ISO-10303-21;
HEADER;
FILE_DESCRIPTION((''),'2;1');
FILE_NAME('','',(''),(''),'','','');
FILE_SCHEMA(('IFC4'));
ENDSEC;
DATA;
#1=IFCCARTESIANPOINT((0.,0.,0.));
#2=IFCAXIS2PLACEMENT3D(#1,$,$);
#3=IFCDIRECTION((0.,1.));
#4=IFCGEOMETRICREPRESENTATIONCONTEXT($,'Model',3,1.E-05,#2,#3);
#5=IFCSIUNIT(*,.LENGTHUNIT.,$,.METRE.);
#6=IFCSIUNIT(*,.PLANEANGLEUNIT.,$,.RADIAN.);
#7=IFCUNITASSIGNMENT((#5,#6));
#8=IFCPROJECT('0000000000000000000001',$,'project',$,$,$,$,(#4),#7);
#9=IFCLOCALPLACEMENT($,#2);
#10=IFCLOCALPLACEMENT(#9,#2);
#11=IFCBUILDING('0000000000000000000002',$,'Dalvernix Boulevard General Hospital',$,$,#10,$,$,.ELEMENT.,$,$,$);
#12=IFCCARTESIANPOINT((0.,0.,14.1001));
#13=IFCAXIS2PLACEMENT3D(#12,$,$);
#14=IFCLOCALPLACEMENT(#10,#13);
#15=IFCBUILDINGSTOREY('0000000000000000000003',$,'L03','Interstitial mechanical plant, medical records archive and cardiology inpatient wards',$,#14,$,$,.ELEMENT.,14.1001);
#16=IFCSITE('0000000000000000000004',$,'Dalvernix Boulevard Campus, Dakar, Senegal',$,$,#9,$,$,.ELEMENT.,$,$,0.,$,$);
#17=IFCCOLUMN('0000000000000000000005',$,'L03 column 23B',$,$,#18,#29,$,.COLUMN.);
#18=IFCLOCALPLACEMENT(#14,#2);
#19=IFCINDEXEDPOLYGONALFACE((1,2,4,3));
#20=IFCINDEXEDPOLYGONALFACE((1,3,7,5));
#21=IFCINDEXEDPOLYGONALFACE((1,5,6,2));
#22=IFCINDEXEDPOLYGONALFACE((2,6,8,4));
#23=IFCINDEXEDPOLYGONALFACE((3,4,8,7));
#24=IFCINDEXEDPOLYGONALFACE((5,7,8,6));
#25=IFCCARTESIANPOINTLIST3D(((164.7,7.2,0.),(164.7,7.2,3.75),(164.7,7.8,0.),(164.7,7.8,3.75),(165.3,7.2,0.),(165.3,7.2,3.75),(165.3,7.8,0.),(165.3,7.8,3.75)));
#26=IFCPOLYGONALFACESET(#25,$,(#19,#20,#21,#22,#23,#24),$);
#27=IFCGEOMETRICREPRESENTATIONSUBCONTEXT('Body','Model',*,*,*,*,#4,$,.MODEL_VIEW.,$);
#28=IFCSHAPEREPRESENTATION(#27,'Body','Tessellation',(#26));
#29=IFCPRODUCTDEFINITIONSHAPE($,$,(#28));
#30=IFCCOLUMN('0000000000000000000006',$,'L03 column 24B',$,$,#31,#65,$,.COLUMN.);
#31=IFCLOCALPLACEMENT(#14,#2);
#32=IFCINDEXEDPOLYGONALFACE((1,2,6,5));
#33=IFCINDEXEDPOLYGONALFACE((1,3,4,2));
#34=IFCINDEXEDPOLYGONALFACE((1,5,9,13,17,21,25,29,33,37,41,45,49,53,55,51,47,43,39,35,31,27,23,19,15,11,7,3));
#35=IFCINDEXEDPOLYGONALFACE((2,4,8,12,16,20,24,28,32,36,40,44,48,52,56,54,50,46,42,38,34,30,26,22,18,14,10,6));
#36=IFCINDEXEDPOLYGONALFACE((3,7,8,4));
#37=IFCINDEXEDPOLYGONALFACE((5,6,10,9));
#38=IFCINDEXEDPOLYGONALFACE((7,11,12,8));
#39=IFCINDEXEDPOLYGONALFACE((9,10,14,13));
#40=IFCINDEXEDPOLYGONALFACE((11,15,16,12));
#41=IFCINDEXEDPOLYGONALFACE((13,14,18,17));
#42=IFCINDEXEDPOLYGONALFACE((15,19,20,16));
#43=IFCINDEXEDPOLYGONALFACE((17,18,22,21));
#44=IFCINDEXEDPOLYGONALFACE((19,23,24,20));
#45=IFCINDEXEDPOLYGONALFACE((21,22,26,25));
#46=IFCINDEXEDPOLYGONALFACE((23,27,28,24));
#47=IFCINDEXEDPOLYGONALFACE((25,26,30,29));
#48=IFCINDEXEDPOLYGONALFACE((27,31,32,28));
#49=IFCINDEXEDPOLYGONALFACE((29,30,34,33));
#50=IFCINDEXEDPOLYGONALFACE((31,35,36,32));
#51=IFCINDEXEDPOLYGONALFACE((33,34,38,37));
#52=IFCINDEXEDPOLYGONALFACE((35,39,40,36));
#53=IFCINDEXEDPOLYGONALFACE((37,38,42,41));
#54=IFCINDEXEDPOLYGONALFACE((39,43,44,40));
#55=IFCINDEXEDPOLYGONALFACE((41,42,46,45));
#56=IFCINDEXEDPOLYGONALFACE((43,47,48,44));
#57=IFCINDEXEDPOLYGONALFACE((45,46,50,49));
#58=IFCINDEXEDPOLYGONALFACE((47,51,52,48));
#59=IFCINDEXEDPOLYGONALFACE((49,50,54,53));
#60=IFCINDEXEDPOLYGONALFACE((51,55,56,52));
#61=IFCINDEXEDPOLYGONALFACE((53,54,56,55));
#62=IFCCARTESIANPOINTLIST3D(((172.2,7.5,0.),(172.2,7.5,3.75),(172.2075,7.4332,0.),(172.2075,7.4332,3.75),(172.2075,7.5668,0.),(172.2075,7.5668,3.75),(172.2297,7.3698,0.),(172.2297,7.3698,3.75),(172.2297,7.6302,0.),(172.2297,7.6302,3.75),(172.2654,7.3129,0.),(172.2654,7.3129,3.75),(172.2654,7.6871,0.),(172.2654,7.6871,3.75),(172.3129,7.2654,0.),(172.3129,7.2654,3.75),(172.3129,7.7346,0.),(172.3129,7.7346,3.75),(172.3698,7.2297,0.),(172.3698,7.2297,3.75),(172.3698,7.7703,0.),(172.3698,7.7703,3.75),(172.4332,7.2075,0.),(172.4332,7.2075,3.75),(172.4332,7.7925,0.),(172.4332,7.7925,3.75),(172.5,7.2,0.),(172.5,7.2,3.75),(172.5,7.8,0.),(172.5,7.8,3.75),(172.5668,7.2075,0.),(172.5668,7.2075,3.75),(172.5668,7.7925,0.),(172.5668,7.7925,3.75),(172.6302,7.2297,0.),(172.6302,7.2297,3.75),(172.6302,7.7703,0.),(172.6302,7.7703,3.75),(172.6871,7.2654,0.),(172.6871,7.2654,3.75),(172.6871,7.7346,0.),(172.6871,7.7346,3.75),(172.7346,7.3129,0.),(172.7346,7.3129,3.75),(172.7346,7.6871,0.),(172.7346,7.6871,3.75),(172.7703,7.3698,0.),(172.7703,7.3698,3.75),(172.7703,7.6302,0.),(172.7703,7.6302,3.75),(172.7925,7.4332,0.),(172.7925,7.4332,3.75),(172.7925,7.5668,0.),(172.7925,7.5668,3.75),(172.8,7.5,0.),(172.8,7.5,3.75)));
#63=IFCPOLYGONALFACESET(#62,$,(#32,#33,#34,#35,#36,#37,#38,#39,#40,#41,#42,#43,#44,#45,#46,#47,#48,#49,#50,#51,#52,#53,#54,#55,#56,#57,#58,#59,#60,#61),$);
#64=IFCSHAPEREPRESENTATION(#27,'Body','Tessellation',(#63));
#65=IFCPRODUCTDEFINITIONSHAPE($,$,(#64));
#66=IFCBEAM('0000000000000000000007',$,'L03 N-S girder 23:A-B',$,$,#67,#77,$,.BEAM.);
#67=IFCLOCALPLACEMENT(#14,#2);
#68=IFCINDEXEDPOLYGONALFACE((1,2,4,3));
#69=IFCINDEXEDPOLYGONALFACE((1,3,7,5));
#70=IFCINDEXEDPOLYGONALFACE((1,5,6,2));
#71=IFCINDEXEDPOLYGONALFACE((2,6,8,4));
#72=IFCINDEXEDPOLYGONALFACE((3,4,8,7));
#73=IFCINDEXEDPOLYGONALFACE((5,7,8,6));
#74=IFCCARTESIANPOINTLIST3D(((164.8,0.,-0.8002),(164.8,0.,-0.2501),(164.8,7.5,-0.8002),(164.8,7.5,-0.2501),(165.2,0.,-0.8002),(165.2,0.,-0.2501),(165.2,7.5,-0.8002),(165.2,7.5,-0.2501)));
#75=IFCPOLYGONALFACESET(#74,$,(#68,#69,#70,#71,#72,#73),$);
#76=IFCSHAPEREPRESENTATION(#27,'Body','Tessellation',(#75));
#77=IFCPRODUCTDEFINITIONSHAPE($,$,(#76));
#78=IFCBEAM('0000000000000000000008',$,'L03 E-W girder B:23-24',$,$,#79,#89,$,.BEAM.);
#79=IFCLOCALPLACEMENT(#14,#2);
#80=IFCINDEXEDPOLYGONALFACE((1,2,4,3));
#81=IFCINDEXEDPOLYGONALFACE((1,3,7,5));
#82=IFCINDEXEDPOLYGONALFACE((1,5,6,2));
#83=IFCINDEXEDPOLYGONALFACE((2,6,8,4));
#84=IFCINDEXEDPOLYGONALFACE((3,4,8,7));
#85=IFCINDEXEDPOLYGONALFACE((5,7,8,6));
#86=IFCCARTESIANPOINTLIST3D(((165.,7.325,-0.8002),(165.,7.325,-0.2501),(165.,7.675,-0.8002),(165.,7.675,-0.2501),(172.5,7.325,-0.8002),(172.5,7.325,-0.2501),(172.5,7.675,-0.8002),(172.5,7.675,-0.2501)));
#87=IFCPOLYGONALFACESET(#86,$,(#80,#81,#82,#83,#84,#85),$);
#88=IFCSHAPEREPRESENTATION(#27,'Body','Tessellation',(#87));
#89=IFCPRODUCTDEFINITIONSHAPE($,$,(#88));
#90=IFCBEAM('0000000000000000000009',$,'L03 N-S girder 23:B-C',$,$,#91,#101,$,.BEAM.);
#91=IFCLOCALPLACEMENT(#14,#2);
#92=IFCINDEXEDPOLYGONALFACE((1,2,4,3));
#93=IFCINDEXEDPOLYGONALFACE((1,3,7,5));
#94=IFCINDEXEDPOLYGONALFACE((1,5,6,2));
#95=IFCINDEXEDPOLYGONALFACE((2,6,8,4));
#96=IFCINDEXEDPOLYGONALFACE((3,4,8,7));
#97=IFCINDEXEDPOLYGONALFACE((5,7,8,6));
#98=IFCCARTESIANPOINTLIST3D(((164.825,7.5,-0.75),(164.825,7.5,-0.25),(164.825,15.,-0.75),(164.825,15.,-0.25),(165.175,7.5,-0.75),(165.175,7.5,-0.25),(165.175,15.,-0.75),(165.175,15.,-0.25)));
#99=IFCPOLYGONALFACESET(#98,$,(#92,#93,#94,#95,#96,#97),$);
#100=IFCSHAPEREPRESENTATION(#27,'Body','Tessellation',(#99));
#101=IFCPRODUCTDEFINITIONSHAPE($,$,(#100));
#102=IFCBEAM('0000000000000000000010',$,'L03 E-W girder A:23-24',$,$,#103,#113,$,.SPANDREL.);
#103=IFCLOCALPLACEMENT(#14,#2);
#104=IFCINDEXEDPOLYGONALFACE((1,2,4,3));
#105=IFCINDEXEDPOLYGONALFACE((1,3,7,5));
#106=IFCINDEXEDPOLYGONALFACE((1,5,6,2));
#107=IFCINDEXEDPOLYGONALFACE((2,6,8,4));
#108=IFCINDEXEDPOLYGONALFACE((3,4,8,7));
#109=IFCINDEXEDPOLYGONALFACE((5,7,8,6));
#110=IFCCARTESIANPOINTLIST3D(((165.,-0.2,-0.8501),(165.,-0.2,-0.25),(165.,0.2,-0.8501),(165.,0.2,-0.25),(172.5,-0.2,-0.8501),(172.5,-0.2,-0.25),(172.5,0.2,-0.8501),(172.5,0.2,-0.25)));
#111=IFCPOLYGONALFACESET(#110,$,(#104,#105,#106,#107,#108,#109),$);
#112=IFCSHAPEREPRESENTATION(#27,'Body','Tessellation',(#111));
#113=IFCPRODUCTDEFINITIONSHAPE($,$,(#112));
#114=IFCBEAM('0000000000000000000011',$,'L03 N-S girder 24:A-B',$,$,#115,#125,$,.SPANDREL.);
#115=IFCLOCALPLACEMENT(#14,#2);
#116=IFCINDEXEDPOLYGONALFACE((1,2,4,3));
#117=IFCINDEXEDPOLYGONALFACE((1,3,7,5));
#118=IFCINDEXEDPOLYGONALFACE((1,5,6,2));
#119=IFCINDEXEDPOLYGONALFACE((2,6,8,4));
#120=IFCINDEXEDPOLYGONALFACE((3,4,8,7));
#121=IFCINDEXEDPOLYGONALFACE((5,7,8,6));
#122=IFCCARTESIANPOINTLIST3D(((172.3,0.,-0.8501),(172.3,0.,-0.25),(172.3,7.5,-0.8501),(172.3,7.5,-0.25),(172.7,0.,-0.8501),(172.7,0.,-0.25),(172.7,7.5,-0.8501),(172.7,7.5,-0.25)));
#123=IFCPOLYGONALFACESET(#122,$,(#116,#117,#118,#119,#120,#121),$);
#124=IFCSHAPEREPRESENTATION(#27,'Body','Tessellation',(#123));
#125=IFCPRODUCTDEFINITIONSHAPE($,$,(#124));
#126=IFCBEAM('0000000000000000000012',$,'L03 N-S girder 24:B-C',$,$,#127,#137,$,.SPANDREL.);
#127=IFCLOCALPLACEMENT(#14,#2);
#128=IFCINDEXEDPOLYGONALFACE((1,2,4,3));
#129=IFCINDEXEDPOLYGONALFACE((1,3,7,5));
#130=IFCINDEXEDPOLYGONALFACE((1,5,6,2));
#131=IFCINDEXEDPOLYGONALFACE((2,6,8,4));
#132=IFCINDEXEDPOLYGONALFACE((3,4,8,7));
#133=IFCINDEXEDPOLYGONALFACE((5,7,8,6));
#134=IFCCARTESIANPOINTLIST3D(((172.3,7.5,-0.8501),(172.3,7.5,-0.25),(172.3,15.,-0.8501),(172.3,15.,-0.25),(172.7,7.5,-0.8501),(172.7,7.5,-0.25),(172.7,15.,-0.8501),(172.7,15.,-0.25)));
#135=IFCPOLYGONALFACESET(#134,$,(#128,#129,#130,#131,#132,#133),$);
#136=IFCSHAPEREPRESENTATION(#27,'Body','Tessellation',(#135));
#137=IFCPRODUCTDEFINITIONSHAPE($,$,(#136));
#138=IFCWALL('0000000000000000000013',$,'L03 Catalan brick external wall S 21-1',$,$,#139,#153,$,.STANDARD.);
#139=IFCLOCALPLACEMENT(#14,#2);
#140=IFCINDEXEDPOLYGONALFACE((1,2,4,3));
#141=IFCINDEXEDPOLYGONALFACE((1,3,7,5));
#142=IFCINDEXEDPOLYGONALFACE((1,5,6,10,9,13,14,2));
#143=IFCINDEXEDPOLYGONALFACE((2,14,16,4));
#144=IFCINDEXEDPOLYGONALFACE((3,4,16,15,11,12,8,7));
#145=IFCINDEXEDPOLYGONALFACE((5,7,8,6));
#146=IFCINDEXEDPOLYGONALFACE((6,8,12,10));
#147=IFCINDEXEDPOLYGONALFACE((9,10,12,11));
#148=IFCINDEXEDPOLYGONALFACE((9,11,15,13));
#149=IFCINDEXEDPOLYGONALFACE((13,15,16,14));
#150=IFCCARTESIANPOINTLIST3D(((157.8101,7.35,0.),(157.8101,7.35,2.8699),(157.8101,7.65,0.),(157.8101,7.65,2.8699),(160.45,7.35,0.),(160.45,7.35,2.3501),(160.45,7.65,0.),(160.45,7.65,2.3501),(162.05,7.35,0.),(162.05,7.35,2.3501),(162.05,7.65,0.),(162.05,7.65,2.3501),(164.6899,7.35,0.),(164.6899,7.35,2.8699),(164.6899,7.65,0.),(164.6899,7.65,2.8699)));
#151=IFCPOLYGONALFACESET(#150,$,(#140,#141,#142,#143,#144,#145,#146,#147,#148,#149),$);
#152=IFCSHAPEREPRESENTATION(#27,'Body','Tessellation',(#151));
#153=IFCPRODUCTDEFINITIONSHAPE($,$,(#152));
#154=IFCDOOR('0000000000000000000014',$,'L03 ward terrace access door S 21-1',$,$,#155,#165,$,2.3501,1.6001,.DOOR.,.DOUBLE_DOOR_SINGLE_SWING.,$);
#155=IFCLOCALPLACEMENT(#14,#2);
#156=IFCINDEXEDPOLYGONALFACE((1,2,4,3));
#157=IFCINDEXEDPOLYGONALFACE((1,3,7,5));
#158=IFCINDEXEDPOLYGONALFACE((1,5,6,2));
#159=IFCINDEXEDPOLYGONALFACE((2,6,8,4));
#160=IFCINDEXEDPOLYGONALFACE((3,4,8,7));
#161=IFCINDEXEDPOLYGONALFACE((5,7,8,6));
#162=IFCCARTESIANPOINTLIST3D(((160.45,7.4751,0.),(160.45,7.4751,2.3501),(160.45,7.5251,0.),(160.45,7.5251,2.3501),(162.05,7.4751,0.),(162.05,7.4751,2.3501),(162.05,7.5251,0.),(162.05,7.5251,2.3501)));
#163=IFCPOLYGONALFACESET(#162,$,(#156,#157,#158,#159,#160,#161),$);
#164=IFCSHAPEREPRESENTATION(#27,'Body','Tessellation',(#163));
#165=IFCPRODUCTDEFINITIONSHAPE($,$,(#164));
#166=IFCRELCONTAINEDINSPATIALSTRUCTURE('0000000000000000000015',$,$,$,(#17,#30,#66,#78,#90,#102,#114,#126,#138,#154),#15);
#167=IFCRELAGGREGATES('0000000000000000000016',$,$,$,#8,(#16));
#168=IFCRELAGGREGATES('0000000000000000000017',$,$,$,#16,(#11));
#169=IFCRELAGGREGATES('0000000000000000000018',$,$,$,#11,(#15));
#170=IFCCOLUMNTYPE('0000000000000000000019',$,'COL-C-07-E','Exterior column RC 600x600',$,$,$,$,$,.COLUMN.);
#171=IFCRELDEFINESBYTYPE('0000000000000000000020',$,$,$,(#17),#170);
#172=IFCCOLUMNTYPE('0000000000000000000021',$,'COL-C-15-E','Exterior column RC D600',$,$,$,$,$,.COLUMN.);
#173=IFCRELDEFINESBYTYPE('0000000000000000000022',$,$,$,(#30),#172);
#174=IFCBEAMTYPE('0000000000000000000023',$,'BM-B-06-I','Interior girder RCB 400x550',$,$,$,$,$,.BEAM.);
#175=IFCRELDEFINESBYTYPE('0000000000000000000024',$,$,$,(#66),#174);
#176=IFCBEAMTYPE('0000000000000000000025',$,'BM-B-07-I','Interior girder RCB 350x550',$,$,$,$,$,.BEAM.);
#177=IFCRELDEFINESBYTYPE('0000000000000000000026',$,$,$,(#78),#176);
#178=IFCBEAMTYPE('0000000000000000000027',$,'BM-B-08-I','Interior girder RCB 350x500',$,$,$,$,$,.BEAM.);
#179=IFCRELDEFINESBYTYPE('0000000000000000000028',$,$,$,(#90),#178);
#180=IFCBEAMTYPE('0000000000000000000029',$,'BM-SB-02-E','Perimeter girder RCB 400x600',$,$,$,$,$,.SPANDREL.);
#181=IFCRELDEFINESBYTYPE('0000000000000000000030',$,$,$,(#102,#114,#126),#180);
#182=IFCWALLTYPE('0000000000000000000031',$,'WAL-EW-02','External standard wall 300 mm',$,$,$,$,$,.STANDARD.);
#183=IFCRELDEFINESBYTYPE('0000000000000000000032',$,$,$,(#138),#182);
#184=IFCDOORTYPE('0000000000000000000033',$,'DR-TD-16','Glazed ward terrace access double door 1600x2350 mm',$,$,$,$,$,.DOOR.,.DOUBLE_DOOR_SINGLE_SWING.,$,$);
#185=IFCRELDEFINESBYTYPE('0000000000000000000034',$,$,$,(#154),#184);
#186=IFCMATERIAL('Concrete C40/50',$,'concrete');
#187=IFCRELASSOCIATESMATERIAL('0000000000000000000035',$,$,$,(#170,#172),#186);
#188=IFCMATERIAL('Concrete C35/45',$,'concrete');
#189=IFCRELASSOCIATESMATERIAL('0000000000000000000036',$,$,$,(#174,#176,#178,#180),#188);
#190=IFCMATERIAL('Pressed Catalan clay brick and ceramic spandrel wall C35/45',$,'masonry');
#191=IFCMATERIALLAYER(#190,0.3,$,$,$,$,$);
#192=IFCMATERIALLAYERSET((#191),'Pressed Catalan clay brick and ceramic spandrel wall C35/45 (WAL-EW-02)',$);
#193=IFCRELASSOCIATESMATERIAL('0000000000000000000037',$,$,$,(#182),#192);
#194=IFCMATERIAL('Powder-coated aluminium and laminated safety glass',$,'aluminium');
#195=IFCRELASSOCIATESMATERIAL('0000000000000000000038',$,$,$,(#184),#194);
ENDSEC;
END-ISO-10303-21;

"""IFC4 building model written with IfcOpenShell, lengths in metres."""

from ifc_helpers import new_model, si_unit, direction, frame, frame_2d, origin, origin_2d, place, context, subcontext, project, spatial, rectangle, circle, extrude, material, layer, layer_set, material_profile, profile_set, type_object, element, fill, save


model = new_model("IFC4")

# Units and contexts
model_context = context("Model", 3, precision=1e-05, world=origin(), true_north=direction((0.0, 1.0)))
body_context = subcontext(model_context, "Body", "Model", "MODEL_VIEW")
ifc_project = project(units=[si_unit("LENGTHUNIT", "METRE"), si_unit("PLANEANGLEUNIT", "RADIAN")], contexts=[model_context])

# Site, building, storey
site_placement = place(None, origin())
site = spatial("IfcSite", under=ifc_project, at=site_placement, Name="Dalvernix Boulevard Campus, Dakar, Senegal", CompositionType="ELEMENT", RefElevation=0.0)
building_placement = place(site_placement, origin())
building = spatial("IfcBuilding", under=site, at=building_placement, Name="Dalvernix Boulevard General Hospital", CompositionType="ELEMENT")
storey_placement = place(building_placement, frame((0.0, 0.0, 14.1001)))
storey = spatial("IfcBuildingStorey", under=building, at=storey_placement, Name="L03", Description="Interstitial mechanical plant, medical records archive and cardiology inpatient wards", CompositionType="ELEMENT", Elevation=14.1001)

# Columns
ifc_material_1 = material(Name="Concrete C40/50", Category="concrete")
ifc_material_profile_1 = material_profile(ifc_material_1, rectangle(XDim=0.6001, YDim=0.6001, at=origin_2d()), Name="RC 600x600")
ifc_profile_set_1 = profile_set([ifc_material_profile_1], Name="Concrete C40/50")
column_type_1 = type_object("IfcColumnType", Name="COL-C-07-E", Description="Exterior column RC 600x600", PredefinedType="COLUMN", material=ifc_profile_set_1)
column_1_placement = place(storey_placement, frame((165.0, 7.5, 0.0), z_axis=(0.0, 0.0, 1.0), x_axis=(1.0, 0.0, 0.0)))
element("IfcColumn", 1, at=column_1_placement, inside=storey, type_object=column_type_1, Name="L03 column 23B", PredefinedType="COLUMN", context=body_context, shape_type="SweptSolid", body=[
    extrude(rectangle(XDim=0.6001, YDim=0.6001, at=origin_2d()), origin(), (0.0, 0.0, 1.0), 3.75),
])
ifc_material_profile_2 = material_profile(ifc_material_1, circle(Radius=0.3, at=origin_2d()), Name="RC D600")
ifc_profile_set_2 = profile_set([ifc_material_profile_2], Name="Concrete C40/50")
column_type_2 = type_object("IfcColumnType", Name="COL-C-15-E", Description="Exterior column RC D600", PredefinedType="COLUMN", material=ifc_profile_set_2)
column_2_placement = place(storey_placement, frame((172.5, 7.5, 0.0), z_axis=(0.0, 0.0, 1.0), x_axis=(1.0, 0.0, 0.0)))
element("IfcColumn", 2, at=column_2_placement, inside=storey, type_object=column_type_2, Name="L03 column 24B", PredefinedType="COLUMN", context=body_context, shape_type="SweptSolid", body=[
    extrude(circle(Radius=0.3, at=origin_2d()), origin(), (0.0, 0.0, 1.0), 3.75),
])

# Beams
ifc_material_2 = material(Name="Concrete C35/45", Category="concrete")
ifc_material_profile_3 = material_profile(ifc_material_2, rectangle(XDim=0.3999, YDim=0.55, at=origin_2d()), Name="RCB 400x550")
ifc_profile_set_3 = profile_set([ifc_material_profile_3], Name="Concrete C35/45")
beam_type_1 = type_object("IfcBeamType", Name="BM-B-06-I", Description="Interior girder RCB 400x550", PredefinedType="BEAM", material=ifc_profile_set_3)
beam_1_placement = place(storey_placement, frame((165.0, 0.0, -0.5251), z_axis=(0.0, 1.0, 0.0), x_axis=(-1.0, 0.0, 0.0)))
element("IfcBeam", 3, at=beam_1_placement, inside=storey, type_object=beam_type_1, Name="L03 N-S girder 23:A-B", PredefinedType="BEAM", context=body_context, shape_type="SweptSolid", body=[
    extrude(rectangle(XDim=0.3999, YDim=0.55, at=origin_2d()), origin(), (0.0, 0.0, 1.0), 7.5),
])
ifc_material_profile_4 = material_profile(ifc_material_2, rectangle(XDim=0.3501, YDim=0.55, at=origin_2d()), Name="RCB 350x550")
ifc_profile_set_4 = profile_set([ifc_material_profile_4], Name="Concrete C35/45")
beam_type_2 = type_object("IfcBeamType", Name="BM-B-07-I", Description="Interior girder RCB 350x550", PredefinedType="BEAM", material=ifc_profile_set_4)
beam_2_placement = place(storey_placement, frame((165.0, 7.5, -0.5251), z_axis=(1.0, 0.0, 0.0), x_axis=(0.0, 1.0, 0.0)))
element("IfcBeam", 4, at=beam_2_placement, inside=storey, type_object=beam_type_2, Name="L03 E-W girder B:23-24", PredefinedType="BEAM", context=body_context, shape_type="SweptSolid", body=[
    extrude(rectangle(XDim=0.3501, YDim=0.55, at=origin_2d()), origin(), (0.0, 0.0, 1.0), 7.5),
])
ifc_material_profile_5 = material_profile(ifc_material_2, rectangle(XDim=0.3501, YDim=0.5, at=origin_2d()), Name="RCB 350x500")
ifc_profile_set_5 = profile_set([ifc_material_profile_5], Name="Concrete C35/45")
beam_type_3 = type_object("IfcBeamType", Name="BM-B-08-I", Description="Interior girder RCB 350x500", PredefinedType="BEAM", material=ifc_profile_set_5)
beam_3_placement = place(storey_placement, frame((165.0, 7.5, -0.5), z_axis=(0.0, 1.0, 0.0), x_axis=(-1.0, 0.0, 0.0)))
element("IfcBeam", 5, at=beam_3_placement, inside=storey, type_object=beam_type_3, Name="L03 N-S girder 23:B-C", PredefinedType="BEAM", context=body_context, shape_type="SweptSolid", body=[
    extrude(rectangle(XDim=0.3501, YDim=0.5, at=origin_2d()), origin(), (0.0, 0.0, 1.0), 7.5),
])
ifc_material_profile_6 = material_profile(ifc_material_2, rectangle(XDim=0.3999, YDim=0.6001, at=origin_2d()), Name="RCB 400x600")
ifc_profile_set_6 = profile_set([ifc_material_profile_6], Name="Concrete C35/45")
beam_type_4 = type_object("IfcBeamType", Name="BM-SB-02-E", Description="Perimeter girder RCB 400x600", PredefinedType="SPANDREL", material=ifc_profile_set_6)
for number, where, z_axis, x_axis, name in (
    (6, (165.0, 0.0, -0.55), (1.0, 0.0, 0.0), (0.0, 1.0, 0.0), "L03 E-W girder A:23-24"),
    (7, (172.5, 0.0, -0.55), (0.0, 1.0, 0.0), (-1.0, 0.0, 0.0), "L03 N-S girder 24:A-B"),
    (8, (172.5, 7.5, -0.55), (0.0, 1.0, 0.0), (-1.0, 0.0, 0.0), "L03 N-S girder 24:B-C"),
):
    element("IfcBeam", number, at=place(storey_placement, frame(where, z_axis=z_axis, x_axis=x_axis)), inside=storey, type_object=beam_type_4, Name=name, PredefinedType="SPANDREL", context=body_context, shape_type="SweptSolid", body=[
        extrude(rectangle(XDim=0.3999, YDim=0.6001, at=origin_2d()), origin(), (0.0, 0.0, 1.0), 7.5),
    ])

# Wall, opening, door
ifc_material_3 = material(Name="Pressed Catalan clay brick and ceramic spandrel wall C35/45", Category="masonry")
ifc_layer_1 = layer(ifc_material_3, 0.3)
ifc_layer_set_1 = layer_set([ifc_layer_1], Name="Pressed Catalan clay brick and ceramic spandrel wall C35/45 (WAL-EW-02)")
wall_type = type_object("IfcWallType", Name="WAL-EW-02", Description="External standard wall 300 mm", PredefinedType="STANDARD", material=ifc_layer_set_1)
wall_1_placement = place(storey_placement, frame((164.6899, 7.5, 0.0), z_axis=(0.0, 0.0, 1.0), x_axis=(-1.0, 0.0, 0.0)))
wall_1 = element("IfcWall", 9, at=wall_1_placement, inside=storey, type_object=wall_type, Name="L03 Catalan brick external wall S 21-1", PredefinedType="STANDARD", context=body_context, shape_type="SweptSolid", body=[
    extrude(rectangle(XDim=6.8799, YDim=0.3, at=frame_2d((3.4399, 0.0))), origin(), (0.0, 0.0, 1.0), 2.8699),
])
opening_1_placement = place(wall_1_placement, frame((2.6399, 0.0, 0.0)))
opening_1 = element("IfcOpeningElement", 10, at=opening_1_placement, cuts=wall_1, PredefinedType="OPENING", context=body_context, shape_type="SweptSolid", body=[
    extrude(rectangle(XDim=1.6001, YDim=2.3501, at=frame_2d((0.8, 1.175))), frame((0.0, 0.1599, 0.0), z_axis=(0.0, -1.0, 0.0), x_axis=(1.0, 0.0, 0.0)), (0.0, 0.0, 1.0), 0.3201),
])
ifc_material_4 = material(Name="Powder-coated aluminium and laminated safety glass", Category="aluminium")
door_type_1 = type_object("IfcDoorType", Name="DR-TD-16", Description="Glazed ward terrace access double door 1600x2350 mm", OperationType="DOUBLE_DOOR_SINGLE_SWING", PredefinedType="DOOR", material=ifc_material_4)
door_1_placement = place(opening_1_placement, origin())
door_1 = element("IfcDoor", 11, at=door_1_placement, inside=storey, type_object=door_type_1, Name="L03 ward terrace access door S 21-1", OperationType="DOUBLE_DOOR_SINGLE_SWING", OverallHeight=2.3501, OverallWidth=1.6001, PredefinedType="DOOR", context=body_context, shape_type="SweptSolid", body=[
    extrude(rectangle(XDim=1.6001, YDim=2.3501, at=frame_2d((0.8, 1.175))), frame((0.0, 0.0249, 0.0), z_axis=(0.0, -1.0, 0.0), x_axis=(1.0, 0.0, 0.0)), (0.0, 0.0, 1.0), 0.05),
])
fill(opening_1, door_1)

save(model, "model.ifc")
